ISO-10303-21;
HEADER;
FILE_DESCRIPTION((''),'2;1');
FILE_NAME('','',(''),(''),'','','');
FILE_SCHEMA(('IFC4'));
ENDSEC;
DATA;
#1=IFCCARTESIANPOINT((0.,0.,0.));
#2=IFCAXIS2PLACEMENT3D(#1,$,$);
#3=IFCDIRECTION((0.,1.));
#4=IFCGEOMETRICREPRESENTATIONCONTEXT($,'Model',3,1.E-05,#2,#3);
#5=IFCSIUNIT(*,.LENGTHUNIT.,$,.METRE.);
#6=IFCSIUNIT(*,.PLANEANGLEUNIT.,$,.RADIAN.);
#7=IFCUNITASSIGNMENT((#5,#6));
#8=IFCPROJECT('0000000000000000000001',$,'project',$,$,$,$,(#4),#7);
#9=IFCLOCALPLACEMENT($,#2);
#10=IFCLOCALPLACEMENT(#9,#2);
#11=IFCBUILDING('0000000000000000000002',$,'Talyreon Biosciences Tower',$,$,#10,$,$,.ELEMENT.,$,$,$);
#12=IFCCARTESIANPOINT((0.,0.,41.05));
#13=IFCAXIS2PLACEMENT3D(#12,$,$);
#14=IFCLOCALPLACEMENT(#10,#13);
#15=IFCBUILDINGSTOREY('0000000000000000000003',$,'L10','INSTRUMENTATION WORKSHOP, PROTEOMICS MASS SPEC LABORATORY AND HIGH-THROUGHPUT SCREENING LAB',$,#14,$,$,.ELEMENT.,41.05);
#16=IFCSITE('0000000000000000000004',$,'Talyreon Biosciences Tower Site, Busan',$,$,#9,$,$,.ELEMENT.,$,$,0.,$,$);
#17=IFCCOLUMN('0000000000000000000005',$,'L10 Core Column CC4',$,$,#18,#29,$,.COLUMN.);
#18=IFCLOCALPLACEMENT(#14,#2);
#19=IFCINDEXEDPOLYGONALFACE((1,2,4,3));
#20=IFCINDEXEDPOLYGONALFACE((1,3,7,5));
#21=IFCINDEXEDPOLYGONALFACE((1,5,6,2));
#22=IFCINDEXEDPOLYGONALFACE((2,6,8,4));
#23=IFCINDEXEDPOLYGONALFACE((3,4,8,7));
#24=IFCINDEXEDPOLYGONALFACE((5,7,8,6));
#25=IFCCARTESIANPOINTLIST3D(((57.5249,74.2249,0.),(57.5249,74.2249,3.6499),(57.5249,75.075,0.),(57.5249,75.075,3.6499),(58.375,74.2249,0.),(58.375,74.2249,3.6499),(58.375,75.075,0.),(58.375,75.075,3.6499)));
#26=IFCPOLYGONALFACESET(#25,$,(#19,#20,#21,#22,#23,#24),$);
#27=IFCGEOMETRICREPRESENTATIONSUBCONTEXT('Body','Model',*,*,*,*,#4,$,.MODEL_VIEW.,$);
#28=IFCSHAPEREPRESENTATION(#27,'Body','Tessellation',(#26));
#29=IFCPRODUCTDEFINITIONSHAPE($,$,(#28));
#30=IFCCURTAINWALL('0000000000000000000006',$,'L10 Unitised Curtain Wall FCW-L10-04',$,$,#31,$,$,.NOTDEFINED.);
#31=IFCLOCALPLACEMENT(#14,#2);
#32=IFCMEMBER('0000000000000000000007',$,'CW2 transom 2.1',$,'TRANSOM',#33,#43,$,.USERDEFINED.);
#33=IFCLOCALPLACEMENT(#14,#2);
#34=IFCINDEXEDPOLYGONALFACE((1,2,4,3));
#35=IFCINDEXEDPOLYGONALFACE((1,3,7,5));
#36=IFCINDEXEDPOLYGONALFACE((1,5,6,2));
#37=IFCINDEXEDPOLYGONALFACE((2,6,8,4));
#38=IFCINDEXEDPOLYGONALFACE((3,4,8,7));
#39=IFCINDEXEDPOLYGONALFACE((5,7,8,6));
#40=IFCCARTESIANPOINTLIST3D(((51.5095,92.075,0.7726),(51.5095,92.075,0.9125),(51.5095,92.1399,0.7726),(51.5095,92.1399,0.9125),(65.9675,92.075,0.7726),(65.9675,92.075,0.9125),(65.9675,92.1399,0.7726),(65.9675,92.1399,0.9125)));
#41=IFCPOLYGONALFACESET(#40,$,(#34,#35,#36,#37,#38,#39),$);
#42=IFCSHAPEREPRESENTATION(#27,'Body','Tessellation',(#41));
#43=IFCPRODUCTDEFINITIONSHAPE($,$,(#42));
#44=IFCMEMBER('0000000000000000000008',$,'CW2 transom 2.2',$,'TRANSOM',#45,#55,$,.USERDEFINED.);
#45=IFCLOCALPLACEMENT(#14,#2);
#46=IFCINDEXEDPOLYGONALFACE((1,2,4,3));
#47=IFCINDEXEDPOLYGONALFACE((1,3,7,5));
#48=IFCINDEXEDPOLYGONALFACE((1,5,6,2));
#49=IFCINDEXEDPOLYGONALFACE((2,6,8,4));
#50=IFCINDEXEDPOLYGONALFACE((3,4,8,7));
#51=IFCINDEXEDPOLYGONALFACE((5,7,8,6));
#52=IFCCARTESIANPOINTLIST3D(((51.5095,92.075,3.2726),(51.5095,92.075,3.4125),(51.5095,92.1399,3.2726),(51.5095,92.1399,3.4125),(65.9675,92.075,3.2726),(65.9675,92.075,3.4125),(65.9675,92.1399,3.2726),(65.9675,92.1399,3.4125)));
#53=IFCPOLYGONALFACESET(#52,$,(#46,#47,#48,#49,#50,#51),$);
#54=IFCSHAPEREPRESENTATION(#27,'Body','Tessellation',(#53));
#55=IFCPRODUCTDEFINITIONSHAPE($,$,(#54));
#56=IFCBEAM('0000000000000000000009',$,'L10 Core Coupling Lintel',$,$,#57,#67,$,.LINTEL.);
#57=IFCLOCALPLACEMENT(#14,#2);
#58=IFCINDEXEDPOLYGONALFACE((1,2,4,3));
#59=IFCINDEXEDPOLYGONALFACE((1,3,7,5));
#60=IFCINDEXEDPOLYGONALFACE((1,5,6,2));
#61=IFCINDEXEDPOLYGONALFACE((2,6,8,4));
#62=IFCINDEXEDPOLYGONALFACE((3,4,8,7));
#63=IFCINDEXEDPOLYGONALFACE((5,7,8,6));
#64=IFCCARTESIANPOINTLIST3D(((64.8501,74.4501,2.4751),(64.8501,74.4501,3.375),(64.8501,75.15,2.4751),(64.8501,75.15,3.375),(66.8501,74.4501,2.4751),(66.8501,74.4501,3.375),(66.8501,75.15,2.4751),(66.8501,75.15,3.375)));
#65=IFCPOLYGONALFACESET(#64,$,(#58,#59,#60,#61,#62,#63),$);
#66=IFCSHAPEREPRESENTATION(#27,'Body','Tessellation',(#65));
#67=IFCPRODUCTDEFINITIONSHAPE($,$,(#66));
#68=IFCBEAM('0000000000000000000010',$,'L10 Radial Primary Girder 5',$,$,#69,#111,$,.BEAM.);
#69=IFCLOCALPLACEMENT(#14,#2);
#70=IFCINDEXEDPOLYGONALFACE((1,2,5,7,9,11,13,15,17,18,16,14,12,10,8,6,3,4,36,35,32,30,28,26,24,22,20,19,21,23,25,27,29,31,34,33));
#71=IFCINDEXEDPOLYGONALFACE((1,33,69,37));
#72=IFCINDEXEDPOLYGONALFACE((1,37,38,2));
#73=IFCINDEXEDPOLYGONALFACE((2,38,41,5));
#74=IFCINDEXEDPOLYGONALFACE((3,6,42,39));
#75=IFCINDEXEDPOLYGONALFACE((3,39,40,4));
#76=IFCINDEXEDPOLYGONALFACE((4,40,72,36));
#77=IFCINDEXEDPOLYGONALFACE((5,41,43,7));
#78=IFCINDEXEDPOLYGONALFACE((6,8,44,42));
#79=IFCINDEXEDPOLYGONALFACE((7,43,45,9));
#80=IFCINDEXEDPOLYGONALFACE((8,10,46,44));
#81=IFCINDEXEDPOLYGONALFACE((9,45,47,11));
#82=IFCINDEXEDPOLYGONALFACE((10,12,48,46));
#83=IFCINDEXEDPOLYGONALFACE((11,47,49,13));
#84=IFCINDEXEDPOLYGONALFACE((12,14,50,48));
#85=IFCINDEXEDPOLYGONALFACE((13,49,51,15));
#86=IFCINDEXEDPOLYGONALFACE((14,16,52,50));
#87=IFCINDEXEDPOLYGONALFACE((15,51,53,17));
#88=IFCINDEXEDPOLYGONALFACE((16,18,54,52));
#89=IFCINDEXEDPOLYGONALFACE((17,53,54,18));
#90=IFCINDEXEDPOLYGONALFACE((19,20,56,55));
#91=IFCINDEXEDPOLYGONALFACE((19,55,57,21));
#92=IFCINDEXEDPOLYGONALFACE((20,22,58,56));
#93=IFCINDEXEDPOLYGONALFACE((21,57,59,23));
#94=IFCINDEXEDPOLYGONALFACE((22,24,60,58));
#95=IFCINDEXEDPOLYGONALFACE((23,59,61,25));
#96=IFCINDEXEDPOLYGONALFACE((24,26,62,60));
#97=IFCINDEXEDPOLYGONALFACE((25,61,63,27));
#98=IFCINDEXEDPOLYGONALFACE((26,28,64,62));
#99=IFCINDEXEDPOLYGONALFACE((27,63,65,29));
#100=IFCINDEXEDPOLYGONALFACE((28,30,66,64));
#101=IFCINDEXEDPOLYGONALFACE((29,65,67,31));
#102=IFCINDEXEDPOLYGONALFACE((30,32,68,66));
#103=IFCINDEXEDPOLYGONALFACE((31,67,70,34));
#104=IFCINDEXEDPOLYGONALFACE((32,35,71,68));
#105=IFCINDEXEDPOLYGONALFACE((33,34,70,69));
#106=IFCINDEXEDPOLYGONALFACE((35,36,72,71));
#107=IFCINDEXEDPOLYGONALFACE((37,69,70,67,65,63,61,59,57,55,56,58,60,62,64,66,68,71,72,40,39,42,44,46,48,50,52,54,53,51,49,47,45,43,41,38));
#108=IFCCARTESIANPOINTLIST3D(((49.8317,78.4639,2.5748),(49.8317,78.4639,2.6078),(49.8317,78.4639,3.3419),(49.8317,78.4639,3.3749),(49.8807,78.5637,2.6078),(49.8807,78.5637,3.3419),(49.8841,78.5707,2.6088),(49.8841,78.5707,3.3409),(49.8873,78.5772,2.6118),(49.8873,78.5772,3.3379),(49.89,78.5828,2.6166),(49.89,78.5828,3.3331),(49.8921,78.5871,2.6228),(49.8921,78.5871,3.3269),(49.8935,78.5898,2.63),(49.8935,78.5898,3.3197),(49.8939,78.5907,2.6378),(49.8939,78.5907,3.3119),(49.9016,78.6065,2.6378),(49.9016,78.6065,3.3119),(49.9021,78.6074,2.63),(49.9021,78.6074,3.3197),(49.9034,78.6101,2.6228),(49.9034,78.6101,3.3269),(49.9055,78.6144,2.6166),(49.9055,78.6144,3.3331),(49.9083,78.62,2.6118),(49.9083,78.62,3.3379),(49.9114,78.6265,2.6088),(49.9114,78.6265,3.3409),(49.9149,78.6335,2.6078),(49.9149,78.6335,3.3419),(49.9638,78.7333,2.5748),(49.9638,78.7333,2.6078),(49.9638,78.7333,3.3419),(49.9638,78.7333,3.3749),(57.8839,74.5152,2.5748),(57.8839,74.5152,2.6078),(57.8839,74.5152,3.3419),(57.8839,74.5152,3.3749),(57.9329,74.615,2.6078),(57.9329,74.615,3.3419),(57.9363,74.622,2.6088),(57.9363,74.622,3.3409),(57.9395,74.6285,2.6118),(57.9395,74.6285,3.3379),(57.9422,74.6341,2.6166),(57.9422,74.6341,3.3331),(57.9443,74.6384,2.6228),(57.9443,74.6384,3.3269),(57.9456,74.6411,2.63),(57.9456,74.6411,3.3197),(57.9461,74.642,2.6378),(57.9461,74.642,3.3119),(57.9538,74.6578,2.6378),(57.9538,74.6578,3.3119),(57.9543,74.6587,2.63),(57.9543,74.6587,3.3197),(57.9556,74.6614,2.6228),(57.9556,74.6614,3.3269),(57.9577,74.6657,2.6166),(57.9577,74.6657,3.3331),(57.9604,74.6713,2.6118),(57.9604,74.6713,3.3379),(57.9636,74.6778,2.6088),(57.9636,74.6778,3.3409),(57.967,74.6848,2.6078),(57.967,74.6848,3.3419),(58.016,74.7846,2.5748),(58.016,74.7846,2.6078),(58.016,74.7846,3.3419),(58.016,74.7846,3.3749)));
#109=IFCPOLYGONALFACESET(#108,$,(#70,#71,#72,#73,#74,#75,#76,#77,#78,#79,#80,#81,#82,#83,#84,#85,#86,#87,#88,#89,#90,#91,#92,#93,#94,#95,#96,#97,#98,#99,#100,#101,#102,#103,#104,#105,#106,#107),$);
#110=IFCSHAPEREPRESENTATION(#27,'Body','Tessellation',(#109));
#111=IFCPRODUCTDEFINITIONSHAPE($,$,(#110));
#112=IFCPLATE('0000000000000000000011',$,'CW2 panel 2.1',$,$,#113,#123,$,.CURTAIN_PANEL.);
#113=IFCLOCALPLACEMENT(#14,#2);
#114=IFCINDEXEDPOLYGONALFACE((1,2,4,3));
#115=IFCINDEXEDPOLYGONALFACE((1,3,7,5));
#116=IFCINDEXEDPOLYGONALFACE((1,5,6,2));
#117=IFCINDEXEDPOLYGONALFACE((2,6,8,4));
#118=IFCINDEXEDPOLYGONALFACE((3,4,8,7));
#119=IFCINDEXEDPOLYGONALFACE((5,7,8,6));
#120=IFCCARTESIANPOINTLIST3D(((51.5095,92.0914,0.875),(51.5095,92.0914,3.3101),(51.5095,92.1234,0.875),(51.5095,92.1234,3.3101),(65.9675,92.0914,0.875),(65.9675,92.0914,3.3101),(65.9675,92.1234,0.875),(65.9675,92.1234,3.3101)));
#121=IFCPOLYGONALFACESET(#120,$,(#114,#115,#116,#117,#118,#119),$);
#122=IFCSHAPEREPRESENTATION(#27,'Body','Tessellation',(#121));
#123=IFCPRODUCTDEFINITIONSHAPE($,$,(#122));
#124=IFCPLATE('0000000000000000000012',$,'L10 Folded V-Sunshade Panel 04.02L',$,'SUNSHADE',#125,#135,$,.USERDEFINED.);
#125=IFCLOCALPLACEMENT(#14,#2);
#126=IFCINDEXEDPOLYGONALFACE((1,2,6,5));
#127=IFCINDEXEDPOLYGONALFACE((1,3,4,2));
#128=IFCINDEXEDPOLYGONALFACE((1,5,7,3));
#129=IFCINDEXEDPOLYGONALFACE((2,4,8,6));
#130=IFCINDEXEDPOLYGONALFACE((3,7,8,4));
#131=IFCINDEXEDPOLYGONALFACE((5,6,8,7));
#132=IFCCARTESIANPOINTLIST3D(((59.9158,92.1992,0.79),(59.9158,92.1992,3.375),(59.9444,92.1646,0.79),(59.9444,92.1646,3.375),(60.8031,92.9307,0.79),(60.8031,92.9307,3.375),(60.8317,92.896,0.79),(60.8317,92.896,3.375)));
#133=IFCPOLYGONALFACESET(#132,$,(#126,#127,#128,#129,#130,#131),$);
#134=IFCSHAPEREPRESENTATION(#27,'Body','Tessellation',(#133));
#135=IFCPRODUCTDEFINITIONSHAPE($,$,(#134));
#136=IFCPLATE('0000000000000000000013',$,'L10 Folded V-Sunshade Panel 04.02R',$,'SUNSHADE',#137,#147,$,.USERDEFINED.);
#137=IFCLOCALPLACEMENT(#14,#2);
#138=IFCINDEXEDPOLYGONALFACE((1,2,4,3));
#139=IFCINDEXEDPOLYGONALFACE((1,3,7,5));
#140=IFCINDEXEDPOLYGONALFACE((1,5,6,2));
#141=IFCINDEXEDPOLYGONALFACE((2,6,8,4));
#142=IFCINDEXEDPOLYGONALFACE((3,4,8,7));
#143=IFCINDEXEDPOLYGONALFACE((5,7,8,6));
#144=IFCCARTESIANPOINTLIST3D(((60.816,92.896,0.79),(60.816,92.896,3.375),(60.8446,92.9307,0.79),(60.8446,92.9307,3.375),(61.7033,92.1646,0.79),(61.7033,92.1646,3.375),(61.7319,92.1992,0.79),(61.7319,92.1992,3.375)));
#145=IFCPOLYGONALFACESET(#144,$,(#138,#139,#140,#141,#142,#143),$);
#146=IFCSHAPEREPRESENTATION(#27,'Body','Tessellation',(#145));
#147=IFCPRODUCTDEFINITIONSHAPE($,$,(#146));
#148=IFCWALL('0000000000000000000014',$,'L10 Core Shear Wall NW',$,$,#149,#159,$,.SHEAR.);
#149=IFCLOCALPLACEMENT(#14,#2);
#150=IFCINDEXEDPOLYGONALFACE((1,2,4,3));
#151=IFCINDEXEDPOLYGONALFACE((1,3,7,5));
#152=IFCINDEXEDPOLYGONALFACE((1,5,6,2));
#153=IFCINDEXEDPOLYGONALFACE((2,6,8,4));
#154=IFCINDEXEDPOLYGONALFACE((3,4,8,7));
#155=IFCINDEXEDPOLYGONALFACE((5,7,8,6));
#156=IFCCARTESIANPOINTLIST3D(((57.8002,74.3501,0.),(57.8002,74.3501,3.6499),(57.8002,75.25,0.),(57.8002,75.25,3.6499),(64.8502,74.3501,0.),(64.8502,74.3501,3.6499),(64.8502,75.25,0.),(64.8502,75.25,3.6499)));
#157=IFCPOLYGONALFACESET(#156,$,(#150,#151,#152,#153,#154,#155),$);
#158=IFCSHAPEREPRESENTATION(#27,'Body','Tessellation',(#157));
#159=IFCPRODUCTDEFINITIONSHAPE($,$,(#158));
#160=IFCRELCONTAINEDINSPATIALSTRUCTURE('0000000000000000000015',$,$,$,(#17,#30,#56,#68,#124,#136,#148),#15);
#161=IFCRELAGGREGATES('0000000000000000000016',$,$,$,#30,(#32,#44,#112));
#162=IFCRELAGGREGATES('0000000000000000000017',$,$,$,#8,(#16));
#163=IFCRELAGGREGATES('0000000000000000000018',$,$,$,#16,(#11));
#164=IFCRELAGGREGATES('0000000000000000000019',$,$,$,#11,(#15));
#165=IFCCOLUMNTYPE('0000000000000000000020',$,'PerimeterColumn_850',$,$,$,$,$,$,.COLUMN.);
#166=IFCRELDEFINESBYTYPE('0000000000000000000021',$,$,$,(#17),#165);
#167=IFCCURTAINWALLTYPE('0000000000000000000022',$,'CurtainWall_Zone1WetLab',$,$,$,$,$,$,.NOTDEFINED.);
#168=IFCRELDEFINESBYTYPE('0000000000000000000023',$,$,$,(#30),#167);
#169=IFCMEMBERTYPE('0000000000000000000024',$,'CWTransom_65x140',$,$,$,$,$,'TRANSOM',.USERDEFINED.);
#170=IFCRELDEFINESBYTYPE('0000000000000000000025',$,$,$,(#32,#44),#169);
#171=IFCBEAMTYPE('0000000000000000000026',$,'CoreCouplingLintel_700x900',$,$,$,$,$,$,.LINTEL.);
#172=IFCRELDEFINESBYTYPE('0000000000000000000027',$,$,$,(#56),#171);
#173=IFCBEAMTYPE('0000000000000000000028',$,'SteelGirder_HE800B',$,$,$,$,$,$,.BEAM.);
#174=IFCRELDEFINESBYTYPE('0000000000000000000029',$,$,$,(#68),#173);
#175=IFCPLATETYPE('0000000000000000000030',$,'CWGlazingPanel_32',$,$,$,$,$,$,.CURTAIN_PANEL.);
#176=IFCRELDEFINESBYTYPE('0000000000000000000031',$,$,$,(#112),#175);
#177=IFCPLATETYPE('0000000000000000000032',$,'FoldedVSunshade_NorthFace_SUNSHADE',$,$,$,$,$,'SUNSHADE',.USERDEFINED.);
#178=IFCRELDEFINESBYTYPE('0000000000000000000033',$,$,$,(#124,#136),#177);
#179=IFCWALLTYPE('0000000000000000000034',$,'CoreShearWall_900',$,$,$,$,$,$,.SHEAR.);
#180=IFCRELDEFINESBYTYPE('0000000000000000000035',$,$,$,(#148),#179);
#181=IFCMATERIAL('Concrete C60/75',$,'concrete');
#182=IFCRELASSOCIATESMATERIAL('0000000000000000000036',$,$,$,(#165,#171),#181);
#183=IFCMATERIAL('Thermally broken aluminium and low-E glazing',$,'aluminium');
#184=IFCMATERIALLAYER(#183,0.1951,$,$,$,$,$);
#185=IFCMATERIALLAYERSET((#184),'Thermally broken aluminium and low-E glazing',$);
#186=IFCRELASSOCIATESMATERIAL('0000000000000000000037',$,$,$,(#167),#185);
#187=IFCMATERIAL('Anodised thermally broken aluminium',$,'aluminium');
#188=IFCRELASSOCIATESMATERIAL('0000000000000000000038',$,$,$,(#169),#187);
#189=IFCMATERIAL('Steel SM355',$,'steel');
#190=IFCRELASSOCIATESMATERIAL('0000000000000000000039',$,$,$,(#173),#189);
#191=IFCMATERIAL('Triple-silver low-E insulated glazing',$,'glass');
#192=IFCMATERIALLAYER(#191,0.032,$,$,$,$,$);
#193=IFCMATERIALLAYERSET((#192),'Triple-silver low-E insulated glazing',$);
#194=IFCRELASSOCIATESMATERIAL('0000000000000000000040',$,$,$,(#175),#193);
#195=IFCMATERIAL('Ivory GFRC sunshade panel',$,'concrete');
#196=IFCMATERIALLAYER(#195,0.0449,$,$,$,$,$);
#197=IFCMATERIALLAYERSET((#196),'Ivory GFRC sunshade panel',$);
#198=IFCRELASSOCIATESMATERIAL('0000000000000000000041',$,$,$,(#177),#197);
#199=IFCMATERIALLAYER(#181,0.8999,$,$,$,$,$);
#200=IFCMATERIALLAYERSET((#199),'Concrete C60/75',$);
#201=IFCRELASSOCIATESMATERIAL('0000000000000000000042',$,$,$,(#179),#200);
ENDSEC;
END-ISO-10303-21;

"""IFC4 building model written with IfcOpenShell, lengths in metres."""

from ifc_helpers import new_model, si_unit, direction, frame, frame_2d, origin, origin_2d, place, context, subcontext, project, spatial, rectangle, i_section, extrude, material, layer, layer_set, material_profile, profile_set, type_object, element, aggregate, save


model = new_model("IFC4")

# Units and contexts
model_context = context("Model", 3, precision=1e-05, world=origin(), true_north=direction((0.0, 1.0)))
body_context = subcontext(model_context, "Body", "Model", "MODEL_VIEW")
ifc_project = project(units=[si_unit("LENGTHUNIT", "METRE"), si_unit("PLANEANGLEUNIT", "RADIAN")], contexts=[model_context])

# Site, building, storey
site_placement = place(None, origin())
site = spatial("IfcSite", under=ifc_project, at=site_placement, Name="Talyreon Biosciences Tower Site, Busan", CompositionType="ELEMENT", RefElevation=0.0)
building_placement = place(site_placement, origin())
building = spatial("IfcBuilding", under=site, at=building_placement, Name="Talyreon Biosciences Tower", CompositionType="ELEMENT")
storey_placement = place(building_placement, frame((0.0, 0.0, 41.05)))
storey = spatial("IfcBuildingStorey", under=building, at=storey_placement, Name="L10", Description="INSTRUMENTATION WORKSHOP, PROTEOMICS MASS SPEC LABORATORY AND HIGH-THROUGHPUT SCREENING LAB", CompositionType="ELEMENT", Elevation=41.05)

# Column
ifc_material_1 = material(Name="Concrete C60/75", Category="concrete")
ifc_material_profile_1 = material_profile(ifc_material_1, rectangle(XDim=0.8501, YDim=0.8501, at=origin_2d()), Name="RC 850x850")
ifc_profile_set_1 = profile_set([ifc_material_profile_1], Name="Concrete C60/75")
column_type = type_object("IfcColumnType", Name="PerimeterColumn_850", PredefinedType="COLUMN", material=ifc_profile_set_1)
column_placement = place(storey_placement, frame((57.95, 74.6499, 0.0), z_axis=(0.0, 0.0, 1.0), x_axis=(1.0, 0.0, 0.0)))
element("IfcColumn", 1, at=column_placement, inside=storey, type_object=column_type, Name="L10 Core Column CC4", PredefinedType="COLUMN", context=body_context, shape_type="SweptSolid", body=[
    extrude(rectangle(XDim=0.8501, YDim=0.8501, at=origin_2d()), origin(), (0.0, 0.0, 1.0), 3.6499),
])

# Curtain wall, members
ifc_material_2 = material(Name="Thermally broken aluminium and low-E glazing", Category="aluminium")
ifc_layer_1 = layer(ifc_material_2, 0.1951)
ifc_layer_set_1 = layer_set([ifc_layer_1], Name="Thermally broken aluminium and low-E glazing")
curtain_wall_type = type_object("IfcCurtainWallType", Name="CurtainWall_Zone1WetLab", PredefinedType="NOTDEFINED", material=ifc_layer_set_1)
curtain_wall_placement = place(storey_placement, origin())
curtain_wall = element("IfcCurtainWall", 2, at=curtain_wall_placement, inside=storey, type_object=curtain_wall_type, Name="L10 Unitised Curtain Wall FCW-L10-04", PredefinedType="NOTDEFINED")
ifc_material_3 = material(Name="Anodised thermally broken aluminium", Category="aluminium")
ifc_material_profile_2 = material_profile(ifc_material_3, rectangle(XDim=0.0649, YDim=0.1399, at=origin_2d()), Name="ALUM TRANSOM 65x140")
ifc_profile_set_2 = profile_set([ifc_material_profile_2], Name="Anodised thermally broken aluminium")
member_type = type_object("IfcMemberType", Name="CWTransom_65x140", ElementType="TRANSOM", PredefinedType="USERDEFINED", material=ifc_profile_set_2)
member_1_placement = place(storey_placement, frame((51.5095, 92.1074, 0.8425), z_axis=(1.0, 0.0, 0.0), x_axis=(0.0, 1.0, 0.0)))
member_1 = element("IfcMember", 3, at=member_1_placement, type_object=member_type, Name="CW2 transom 2.1", ObjectType="TRANSOM", PredefinedType="USERDEFINED", context=body_context, shape_type="SweptSolid", body=[
    extrude(rectangle(XDim=0.0649, YDim=0.1399, at=origin_2d()), origin(), (0.0, 0.0, 1.0), 14.458),
])
member_2_placement = place(storey_placement, frame((51.5095, 92.1074, 3.3425), z_axis=(1.0, 0.0, 0.0), x_axis=(0.0, 1.0, 0.0)))
member_2 = element("IfcMember", 4, at=member_2_placement, type_object=member_type, Name="CW2 transom 2.2", ObjectType="TRANSOM", PredefinedType="USERDEFINED", context=body_context, shape_type="SweptSolid", body=[
    extrude(rectangle(XDim=0.0649, YDim=0.1399, at=origin_2d()), origin(), (0.0, 0.0, 1.0), 14.458),
])

# Beams
ifc_material_profile_3 = material_profile(ifc_material_1, rectangle(XDim=0.7, YDim=0.8999, at=origin_2d()), Name="RCB 700x900")
ifc_profile_set_3 = profile_set([ifc_material_profile_3], Name="Concrete C60/75")
beam_type_1 = type_object("IfcBeamType", Name="CoreCouplingLintel_700x900", PredefinedType="LINTEL", material=ifc_profile_set_3)
beam_1_placement = place(storey_placement, frame((64.8501, 74.8, 2.925), z_axis=(1.0, 0.0, 0.0), x_axis=(0.0, 1.0, 0.0)))
element("IfcBeam", 5, at=beam_1_placement, inside=storey, type_object=beam_type_1, Name="L10 Core Coupling Lintel", PredefinedType="LINTEL", context=body_context, shape_type="SweptSolid", body=[
    extrude(rectangle(XDim=0.7, YDim=0.8999, at=origin_2d()), origin(), (0.0, 0.0, 1.0), 2.0),
])
ifc_material_4 = material(Name="Steel SM355", Category="steel")
ifc_material_profile_4 = material_profile(ifc_material_4, i_section(OverallWidth=0.3, OverallDepth=0.8, WebThickness=0.0176, FlangeThickness=0.033, FilletRadius=0.03, at=origin_2d()), Name="HE800B")
ifc_profile_set_4 = profile_set([ifc_material_profile_4], Name="Steel SM355")
beam_type_2 = type_object("IfcBeamType", Name="SteelGirder_HE800B", PredefinedType="BEAM", material=ifc_profile_set_4)
beam_2_placement = place(storey_placement, frame((57.95, 74.6499, 2.9749), z_axis=(-0.897852, 0.440297, 0.0), x_axis=(-0.440297, -0.897852, 0.0)))
element("IfcBeam", 6, at=beam_2_placement, inside=storey, type_object=beam_type_2, Name="L10 Radial Primary Girder 5", PredefinedType="BEAM", context=body_context, shape_type="SweptSolid", body=[
    extrude(i_section(OverallWidth=0.3, OverallDepth=0.8, WebThickness=0.0176, FlangeThickness=0.033, FilletRadius=0.03, at=origin_2d()), origin(), (0.0, 0.0, 1.0), 8.9683),
])

# Plate
ifc_material_5 = material(Name="Triple-silver low-E insulated glazing", Category="glass")
ifc_layer_2 = layer(ifc_material_5, 0.032)
ifc_layer_set_2 = layer_set([ifc_layer_2], Name="Triple-silver low-E insulated glazing")
plate_type_1 = type_object("IfcPlateType", Name="CWGlazingPanel_32", PredefinedType="CURTAIN_PANEL", material=ifc_layer_set_2)
plate_placement = place(storey_placement, frame((58.7385, 92.1074, 0.875), z_axis=(0.0, 0.0, 1.0), x_axis=(1.0, 0.0, 0.0)))
plate = element("IfcPlate", 7, at=plate_placement, type_object=plate_type_1, Name="CW2 panel 2.1", PredefinedType="CURTAIN_PANEL", context=body_context, shape_type="SweptSolid", body=[
    extrude(rectangle(XDim=14.458, YDim=0.032, at=origin_2d()), origin(), (0.0, 0.0, 1.0), 2.4351),
])
aggregate(curtain_wall, [member_1, member_2, plate])

# Plates
ifc_material_6 = material(Name="Ivory GFRC sunshade panel", Category="concrete")
ifc_layer_3 = layer(ifc_material_6, 0.0449)
ifc_layer_set_3 = layer_set([ifc_layer_3], Name="Ivory GFRC sunshade panel")
plate_type_2 = type_object("IfcPlateType", Name="FoldedVSunshade_NorthFace_SUNSHADE", ElementType="SUNSHADE", PredefinedType="USERDEFINED", material=ifc_layer_set_3)
for number, where, z_axis, x_axis, name in (
    (8, (60.3738, 92.5476, 0.79), (0.0, 0.0, 1.0), (0.771625, 0.636078, 0.0), "L10 Folded V-Sunshade Panel 04.02L"),
    (9, (61.2739, 92.5476, 0.79), (0.0, 0.0, 1.0), (0.771625, -0.636078, 0.0), "L10 Folded V-Sunshade Panel 04.02R"),
):
    element("IfcPlate", number, at=place(storey_placement, frame(where, z_axis=z_axis, x_axis=x_axis)), inside=storey, type_object=plate_type_2, Name=name, ObjectType="SUNSHADE", PredefinedType="USERDEFINED", context=body_context, shape_type="SweptSolid", body=[
        extrude(rectangle(XDim=1.1499, YDim=0.0449, at=origin_2d()), origin(), (0.0, 0.0, 1.0), 2.585),
    ])

# Wall
ifc_layer_4 = layer(ifc_material_1, 0.8999)
ifc_layer_set_4 = layer_set([ifc_layer_4], Name="Concrete C60/75")
wall_type_1 = type_object("IfcWallType", Name="CoreShearWall_900", PredefinedType="SHEAR", material=ifc_layer_set_4)
wall_1_placement = place(storey_placement, frame((64.8501, 74.8, 0.0), z_axis=(0.0, 0.0, 1.0), x_axis=(-1.0, 0.0, 0.0)))
element("IfcWall", 10, at=wall_1_placement, inside=storey, type_object=wall_type_1, Name="L10 Core Shear Wall NW", PredefinedType="SHEAR", context=body_context, shape_type="SweptSolid", body=[
    extrude(rectangle(XDim=7.05, YDim=0.8999, at=frame_2d((3.5249, 0.0))), origin(), (0.0, 0.0, 1.0), 3.6499),
])

save(model, "model.ifc")
